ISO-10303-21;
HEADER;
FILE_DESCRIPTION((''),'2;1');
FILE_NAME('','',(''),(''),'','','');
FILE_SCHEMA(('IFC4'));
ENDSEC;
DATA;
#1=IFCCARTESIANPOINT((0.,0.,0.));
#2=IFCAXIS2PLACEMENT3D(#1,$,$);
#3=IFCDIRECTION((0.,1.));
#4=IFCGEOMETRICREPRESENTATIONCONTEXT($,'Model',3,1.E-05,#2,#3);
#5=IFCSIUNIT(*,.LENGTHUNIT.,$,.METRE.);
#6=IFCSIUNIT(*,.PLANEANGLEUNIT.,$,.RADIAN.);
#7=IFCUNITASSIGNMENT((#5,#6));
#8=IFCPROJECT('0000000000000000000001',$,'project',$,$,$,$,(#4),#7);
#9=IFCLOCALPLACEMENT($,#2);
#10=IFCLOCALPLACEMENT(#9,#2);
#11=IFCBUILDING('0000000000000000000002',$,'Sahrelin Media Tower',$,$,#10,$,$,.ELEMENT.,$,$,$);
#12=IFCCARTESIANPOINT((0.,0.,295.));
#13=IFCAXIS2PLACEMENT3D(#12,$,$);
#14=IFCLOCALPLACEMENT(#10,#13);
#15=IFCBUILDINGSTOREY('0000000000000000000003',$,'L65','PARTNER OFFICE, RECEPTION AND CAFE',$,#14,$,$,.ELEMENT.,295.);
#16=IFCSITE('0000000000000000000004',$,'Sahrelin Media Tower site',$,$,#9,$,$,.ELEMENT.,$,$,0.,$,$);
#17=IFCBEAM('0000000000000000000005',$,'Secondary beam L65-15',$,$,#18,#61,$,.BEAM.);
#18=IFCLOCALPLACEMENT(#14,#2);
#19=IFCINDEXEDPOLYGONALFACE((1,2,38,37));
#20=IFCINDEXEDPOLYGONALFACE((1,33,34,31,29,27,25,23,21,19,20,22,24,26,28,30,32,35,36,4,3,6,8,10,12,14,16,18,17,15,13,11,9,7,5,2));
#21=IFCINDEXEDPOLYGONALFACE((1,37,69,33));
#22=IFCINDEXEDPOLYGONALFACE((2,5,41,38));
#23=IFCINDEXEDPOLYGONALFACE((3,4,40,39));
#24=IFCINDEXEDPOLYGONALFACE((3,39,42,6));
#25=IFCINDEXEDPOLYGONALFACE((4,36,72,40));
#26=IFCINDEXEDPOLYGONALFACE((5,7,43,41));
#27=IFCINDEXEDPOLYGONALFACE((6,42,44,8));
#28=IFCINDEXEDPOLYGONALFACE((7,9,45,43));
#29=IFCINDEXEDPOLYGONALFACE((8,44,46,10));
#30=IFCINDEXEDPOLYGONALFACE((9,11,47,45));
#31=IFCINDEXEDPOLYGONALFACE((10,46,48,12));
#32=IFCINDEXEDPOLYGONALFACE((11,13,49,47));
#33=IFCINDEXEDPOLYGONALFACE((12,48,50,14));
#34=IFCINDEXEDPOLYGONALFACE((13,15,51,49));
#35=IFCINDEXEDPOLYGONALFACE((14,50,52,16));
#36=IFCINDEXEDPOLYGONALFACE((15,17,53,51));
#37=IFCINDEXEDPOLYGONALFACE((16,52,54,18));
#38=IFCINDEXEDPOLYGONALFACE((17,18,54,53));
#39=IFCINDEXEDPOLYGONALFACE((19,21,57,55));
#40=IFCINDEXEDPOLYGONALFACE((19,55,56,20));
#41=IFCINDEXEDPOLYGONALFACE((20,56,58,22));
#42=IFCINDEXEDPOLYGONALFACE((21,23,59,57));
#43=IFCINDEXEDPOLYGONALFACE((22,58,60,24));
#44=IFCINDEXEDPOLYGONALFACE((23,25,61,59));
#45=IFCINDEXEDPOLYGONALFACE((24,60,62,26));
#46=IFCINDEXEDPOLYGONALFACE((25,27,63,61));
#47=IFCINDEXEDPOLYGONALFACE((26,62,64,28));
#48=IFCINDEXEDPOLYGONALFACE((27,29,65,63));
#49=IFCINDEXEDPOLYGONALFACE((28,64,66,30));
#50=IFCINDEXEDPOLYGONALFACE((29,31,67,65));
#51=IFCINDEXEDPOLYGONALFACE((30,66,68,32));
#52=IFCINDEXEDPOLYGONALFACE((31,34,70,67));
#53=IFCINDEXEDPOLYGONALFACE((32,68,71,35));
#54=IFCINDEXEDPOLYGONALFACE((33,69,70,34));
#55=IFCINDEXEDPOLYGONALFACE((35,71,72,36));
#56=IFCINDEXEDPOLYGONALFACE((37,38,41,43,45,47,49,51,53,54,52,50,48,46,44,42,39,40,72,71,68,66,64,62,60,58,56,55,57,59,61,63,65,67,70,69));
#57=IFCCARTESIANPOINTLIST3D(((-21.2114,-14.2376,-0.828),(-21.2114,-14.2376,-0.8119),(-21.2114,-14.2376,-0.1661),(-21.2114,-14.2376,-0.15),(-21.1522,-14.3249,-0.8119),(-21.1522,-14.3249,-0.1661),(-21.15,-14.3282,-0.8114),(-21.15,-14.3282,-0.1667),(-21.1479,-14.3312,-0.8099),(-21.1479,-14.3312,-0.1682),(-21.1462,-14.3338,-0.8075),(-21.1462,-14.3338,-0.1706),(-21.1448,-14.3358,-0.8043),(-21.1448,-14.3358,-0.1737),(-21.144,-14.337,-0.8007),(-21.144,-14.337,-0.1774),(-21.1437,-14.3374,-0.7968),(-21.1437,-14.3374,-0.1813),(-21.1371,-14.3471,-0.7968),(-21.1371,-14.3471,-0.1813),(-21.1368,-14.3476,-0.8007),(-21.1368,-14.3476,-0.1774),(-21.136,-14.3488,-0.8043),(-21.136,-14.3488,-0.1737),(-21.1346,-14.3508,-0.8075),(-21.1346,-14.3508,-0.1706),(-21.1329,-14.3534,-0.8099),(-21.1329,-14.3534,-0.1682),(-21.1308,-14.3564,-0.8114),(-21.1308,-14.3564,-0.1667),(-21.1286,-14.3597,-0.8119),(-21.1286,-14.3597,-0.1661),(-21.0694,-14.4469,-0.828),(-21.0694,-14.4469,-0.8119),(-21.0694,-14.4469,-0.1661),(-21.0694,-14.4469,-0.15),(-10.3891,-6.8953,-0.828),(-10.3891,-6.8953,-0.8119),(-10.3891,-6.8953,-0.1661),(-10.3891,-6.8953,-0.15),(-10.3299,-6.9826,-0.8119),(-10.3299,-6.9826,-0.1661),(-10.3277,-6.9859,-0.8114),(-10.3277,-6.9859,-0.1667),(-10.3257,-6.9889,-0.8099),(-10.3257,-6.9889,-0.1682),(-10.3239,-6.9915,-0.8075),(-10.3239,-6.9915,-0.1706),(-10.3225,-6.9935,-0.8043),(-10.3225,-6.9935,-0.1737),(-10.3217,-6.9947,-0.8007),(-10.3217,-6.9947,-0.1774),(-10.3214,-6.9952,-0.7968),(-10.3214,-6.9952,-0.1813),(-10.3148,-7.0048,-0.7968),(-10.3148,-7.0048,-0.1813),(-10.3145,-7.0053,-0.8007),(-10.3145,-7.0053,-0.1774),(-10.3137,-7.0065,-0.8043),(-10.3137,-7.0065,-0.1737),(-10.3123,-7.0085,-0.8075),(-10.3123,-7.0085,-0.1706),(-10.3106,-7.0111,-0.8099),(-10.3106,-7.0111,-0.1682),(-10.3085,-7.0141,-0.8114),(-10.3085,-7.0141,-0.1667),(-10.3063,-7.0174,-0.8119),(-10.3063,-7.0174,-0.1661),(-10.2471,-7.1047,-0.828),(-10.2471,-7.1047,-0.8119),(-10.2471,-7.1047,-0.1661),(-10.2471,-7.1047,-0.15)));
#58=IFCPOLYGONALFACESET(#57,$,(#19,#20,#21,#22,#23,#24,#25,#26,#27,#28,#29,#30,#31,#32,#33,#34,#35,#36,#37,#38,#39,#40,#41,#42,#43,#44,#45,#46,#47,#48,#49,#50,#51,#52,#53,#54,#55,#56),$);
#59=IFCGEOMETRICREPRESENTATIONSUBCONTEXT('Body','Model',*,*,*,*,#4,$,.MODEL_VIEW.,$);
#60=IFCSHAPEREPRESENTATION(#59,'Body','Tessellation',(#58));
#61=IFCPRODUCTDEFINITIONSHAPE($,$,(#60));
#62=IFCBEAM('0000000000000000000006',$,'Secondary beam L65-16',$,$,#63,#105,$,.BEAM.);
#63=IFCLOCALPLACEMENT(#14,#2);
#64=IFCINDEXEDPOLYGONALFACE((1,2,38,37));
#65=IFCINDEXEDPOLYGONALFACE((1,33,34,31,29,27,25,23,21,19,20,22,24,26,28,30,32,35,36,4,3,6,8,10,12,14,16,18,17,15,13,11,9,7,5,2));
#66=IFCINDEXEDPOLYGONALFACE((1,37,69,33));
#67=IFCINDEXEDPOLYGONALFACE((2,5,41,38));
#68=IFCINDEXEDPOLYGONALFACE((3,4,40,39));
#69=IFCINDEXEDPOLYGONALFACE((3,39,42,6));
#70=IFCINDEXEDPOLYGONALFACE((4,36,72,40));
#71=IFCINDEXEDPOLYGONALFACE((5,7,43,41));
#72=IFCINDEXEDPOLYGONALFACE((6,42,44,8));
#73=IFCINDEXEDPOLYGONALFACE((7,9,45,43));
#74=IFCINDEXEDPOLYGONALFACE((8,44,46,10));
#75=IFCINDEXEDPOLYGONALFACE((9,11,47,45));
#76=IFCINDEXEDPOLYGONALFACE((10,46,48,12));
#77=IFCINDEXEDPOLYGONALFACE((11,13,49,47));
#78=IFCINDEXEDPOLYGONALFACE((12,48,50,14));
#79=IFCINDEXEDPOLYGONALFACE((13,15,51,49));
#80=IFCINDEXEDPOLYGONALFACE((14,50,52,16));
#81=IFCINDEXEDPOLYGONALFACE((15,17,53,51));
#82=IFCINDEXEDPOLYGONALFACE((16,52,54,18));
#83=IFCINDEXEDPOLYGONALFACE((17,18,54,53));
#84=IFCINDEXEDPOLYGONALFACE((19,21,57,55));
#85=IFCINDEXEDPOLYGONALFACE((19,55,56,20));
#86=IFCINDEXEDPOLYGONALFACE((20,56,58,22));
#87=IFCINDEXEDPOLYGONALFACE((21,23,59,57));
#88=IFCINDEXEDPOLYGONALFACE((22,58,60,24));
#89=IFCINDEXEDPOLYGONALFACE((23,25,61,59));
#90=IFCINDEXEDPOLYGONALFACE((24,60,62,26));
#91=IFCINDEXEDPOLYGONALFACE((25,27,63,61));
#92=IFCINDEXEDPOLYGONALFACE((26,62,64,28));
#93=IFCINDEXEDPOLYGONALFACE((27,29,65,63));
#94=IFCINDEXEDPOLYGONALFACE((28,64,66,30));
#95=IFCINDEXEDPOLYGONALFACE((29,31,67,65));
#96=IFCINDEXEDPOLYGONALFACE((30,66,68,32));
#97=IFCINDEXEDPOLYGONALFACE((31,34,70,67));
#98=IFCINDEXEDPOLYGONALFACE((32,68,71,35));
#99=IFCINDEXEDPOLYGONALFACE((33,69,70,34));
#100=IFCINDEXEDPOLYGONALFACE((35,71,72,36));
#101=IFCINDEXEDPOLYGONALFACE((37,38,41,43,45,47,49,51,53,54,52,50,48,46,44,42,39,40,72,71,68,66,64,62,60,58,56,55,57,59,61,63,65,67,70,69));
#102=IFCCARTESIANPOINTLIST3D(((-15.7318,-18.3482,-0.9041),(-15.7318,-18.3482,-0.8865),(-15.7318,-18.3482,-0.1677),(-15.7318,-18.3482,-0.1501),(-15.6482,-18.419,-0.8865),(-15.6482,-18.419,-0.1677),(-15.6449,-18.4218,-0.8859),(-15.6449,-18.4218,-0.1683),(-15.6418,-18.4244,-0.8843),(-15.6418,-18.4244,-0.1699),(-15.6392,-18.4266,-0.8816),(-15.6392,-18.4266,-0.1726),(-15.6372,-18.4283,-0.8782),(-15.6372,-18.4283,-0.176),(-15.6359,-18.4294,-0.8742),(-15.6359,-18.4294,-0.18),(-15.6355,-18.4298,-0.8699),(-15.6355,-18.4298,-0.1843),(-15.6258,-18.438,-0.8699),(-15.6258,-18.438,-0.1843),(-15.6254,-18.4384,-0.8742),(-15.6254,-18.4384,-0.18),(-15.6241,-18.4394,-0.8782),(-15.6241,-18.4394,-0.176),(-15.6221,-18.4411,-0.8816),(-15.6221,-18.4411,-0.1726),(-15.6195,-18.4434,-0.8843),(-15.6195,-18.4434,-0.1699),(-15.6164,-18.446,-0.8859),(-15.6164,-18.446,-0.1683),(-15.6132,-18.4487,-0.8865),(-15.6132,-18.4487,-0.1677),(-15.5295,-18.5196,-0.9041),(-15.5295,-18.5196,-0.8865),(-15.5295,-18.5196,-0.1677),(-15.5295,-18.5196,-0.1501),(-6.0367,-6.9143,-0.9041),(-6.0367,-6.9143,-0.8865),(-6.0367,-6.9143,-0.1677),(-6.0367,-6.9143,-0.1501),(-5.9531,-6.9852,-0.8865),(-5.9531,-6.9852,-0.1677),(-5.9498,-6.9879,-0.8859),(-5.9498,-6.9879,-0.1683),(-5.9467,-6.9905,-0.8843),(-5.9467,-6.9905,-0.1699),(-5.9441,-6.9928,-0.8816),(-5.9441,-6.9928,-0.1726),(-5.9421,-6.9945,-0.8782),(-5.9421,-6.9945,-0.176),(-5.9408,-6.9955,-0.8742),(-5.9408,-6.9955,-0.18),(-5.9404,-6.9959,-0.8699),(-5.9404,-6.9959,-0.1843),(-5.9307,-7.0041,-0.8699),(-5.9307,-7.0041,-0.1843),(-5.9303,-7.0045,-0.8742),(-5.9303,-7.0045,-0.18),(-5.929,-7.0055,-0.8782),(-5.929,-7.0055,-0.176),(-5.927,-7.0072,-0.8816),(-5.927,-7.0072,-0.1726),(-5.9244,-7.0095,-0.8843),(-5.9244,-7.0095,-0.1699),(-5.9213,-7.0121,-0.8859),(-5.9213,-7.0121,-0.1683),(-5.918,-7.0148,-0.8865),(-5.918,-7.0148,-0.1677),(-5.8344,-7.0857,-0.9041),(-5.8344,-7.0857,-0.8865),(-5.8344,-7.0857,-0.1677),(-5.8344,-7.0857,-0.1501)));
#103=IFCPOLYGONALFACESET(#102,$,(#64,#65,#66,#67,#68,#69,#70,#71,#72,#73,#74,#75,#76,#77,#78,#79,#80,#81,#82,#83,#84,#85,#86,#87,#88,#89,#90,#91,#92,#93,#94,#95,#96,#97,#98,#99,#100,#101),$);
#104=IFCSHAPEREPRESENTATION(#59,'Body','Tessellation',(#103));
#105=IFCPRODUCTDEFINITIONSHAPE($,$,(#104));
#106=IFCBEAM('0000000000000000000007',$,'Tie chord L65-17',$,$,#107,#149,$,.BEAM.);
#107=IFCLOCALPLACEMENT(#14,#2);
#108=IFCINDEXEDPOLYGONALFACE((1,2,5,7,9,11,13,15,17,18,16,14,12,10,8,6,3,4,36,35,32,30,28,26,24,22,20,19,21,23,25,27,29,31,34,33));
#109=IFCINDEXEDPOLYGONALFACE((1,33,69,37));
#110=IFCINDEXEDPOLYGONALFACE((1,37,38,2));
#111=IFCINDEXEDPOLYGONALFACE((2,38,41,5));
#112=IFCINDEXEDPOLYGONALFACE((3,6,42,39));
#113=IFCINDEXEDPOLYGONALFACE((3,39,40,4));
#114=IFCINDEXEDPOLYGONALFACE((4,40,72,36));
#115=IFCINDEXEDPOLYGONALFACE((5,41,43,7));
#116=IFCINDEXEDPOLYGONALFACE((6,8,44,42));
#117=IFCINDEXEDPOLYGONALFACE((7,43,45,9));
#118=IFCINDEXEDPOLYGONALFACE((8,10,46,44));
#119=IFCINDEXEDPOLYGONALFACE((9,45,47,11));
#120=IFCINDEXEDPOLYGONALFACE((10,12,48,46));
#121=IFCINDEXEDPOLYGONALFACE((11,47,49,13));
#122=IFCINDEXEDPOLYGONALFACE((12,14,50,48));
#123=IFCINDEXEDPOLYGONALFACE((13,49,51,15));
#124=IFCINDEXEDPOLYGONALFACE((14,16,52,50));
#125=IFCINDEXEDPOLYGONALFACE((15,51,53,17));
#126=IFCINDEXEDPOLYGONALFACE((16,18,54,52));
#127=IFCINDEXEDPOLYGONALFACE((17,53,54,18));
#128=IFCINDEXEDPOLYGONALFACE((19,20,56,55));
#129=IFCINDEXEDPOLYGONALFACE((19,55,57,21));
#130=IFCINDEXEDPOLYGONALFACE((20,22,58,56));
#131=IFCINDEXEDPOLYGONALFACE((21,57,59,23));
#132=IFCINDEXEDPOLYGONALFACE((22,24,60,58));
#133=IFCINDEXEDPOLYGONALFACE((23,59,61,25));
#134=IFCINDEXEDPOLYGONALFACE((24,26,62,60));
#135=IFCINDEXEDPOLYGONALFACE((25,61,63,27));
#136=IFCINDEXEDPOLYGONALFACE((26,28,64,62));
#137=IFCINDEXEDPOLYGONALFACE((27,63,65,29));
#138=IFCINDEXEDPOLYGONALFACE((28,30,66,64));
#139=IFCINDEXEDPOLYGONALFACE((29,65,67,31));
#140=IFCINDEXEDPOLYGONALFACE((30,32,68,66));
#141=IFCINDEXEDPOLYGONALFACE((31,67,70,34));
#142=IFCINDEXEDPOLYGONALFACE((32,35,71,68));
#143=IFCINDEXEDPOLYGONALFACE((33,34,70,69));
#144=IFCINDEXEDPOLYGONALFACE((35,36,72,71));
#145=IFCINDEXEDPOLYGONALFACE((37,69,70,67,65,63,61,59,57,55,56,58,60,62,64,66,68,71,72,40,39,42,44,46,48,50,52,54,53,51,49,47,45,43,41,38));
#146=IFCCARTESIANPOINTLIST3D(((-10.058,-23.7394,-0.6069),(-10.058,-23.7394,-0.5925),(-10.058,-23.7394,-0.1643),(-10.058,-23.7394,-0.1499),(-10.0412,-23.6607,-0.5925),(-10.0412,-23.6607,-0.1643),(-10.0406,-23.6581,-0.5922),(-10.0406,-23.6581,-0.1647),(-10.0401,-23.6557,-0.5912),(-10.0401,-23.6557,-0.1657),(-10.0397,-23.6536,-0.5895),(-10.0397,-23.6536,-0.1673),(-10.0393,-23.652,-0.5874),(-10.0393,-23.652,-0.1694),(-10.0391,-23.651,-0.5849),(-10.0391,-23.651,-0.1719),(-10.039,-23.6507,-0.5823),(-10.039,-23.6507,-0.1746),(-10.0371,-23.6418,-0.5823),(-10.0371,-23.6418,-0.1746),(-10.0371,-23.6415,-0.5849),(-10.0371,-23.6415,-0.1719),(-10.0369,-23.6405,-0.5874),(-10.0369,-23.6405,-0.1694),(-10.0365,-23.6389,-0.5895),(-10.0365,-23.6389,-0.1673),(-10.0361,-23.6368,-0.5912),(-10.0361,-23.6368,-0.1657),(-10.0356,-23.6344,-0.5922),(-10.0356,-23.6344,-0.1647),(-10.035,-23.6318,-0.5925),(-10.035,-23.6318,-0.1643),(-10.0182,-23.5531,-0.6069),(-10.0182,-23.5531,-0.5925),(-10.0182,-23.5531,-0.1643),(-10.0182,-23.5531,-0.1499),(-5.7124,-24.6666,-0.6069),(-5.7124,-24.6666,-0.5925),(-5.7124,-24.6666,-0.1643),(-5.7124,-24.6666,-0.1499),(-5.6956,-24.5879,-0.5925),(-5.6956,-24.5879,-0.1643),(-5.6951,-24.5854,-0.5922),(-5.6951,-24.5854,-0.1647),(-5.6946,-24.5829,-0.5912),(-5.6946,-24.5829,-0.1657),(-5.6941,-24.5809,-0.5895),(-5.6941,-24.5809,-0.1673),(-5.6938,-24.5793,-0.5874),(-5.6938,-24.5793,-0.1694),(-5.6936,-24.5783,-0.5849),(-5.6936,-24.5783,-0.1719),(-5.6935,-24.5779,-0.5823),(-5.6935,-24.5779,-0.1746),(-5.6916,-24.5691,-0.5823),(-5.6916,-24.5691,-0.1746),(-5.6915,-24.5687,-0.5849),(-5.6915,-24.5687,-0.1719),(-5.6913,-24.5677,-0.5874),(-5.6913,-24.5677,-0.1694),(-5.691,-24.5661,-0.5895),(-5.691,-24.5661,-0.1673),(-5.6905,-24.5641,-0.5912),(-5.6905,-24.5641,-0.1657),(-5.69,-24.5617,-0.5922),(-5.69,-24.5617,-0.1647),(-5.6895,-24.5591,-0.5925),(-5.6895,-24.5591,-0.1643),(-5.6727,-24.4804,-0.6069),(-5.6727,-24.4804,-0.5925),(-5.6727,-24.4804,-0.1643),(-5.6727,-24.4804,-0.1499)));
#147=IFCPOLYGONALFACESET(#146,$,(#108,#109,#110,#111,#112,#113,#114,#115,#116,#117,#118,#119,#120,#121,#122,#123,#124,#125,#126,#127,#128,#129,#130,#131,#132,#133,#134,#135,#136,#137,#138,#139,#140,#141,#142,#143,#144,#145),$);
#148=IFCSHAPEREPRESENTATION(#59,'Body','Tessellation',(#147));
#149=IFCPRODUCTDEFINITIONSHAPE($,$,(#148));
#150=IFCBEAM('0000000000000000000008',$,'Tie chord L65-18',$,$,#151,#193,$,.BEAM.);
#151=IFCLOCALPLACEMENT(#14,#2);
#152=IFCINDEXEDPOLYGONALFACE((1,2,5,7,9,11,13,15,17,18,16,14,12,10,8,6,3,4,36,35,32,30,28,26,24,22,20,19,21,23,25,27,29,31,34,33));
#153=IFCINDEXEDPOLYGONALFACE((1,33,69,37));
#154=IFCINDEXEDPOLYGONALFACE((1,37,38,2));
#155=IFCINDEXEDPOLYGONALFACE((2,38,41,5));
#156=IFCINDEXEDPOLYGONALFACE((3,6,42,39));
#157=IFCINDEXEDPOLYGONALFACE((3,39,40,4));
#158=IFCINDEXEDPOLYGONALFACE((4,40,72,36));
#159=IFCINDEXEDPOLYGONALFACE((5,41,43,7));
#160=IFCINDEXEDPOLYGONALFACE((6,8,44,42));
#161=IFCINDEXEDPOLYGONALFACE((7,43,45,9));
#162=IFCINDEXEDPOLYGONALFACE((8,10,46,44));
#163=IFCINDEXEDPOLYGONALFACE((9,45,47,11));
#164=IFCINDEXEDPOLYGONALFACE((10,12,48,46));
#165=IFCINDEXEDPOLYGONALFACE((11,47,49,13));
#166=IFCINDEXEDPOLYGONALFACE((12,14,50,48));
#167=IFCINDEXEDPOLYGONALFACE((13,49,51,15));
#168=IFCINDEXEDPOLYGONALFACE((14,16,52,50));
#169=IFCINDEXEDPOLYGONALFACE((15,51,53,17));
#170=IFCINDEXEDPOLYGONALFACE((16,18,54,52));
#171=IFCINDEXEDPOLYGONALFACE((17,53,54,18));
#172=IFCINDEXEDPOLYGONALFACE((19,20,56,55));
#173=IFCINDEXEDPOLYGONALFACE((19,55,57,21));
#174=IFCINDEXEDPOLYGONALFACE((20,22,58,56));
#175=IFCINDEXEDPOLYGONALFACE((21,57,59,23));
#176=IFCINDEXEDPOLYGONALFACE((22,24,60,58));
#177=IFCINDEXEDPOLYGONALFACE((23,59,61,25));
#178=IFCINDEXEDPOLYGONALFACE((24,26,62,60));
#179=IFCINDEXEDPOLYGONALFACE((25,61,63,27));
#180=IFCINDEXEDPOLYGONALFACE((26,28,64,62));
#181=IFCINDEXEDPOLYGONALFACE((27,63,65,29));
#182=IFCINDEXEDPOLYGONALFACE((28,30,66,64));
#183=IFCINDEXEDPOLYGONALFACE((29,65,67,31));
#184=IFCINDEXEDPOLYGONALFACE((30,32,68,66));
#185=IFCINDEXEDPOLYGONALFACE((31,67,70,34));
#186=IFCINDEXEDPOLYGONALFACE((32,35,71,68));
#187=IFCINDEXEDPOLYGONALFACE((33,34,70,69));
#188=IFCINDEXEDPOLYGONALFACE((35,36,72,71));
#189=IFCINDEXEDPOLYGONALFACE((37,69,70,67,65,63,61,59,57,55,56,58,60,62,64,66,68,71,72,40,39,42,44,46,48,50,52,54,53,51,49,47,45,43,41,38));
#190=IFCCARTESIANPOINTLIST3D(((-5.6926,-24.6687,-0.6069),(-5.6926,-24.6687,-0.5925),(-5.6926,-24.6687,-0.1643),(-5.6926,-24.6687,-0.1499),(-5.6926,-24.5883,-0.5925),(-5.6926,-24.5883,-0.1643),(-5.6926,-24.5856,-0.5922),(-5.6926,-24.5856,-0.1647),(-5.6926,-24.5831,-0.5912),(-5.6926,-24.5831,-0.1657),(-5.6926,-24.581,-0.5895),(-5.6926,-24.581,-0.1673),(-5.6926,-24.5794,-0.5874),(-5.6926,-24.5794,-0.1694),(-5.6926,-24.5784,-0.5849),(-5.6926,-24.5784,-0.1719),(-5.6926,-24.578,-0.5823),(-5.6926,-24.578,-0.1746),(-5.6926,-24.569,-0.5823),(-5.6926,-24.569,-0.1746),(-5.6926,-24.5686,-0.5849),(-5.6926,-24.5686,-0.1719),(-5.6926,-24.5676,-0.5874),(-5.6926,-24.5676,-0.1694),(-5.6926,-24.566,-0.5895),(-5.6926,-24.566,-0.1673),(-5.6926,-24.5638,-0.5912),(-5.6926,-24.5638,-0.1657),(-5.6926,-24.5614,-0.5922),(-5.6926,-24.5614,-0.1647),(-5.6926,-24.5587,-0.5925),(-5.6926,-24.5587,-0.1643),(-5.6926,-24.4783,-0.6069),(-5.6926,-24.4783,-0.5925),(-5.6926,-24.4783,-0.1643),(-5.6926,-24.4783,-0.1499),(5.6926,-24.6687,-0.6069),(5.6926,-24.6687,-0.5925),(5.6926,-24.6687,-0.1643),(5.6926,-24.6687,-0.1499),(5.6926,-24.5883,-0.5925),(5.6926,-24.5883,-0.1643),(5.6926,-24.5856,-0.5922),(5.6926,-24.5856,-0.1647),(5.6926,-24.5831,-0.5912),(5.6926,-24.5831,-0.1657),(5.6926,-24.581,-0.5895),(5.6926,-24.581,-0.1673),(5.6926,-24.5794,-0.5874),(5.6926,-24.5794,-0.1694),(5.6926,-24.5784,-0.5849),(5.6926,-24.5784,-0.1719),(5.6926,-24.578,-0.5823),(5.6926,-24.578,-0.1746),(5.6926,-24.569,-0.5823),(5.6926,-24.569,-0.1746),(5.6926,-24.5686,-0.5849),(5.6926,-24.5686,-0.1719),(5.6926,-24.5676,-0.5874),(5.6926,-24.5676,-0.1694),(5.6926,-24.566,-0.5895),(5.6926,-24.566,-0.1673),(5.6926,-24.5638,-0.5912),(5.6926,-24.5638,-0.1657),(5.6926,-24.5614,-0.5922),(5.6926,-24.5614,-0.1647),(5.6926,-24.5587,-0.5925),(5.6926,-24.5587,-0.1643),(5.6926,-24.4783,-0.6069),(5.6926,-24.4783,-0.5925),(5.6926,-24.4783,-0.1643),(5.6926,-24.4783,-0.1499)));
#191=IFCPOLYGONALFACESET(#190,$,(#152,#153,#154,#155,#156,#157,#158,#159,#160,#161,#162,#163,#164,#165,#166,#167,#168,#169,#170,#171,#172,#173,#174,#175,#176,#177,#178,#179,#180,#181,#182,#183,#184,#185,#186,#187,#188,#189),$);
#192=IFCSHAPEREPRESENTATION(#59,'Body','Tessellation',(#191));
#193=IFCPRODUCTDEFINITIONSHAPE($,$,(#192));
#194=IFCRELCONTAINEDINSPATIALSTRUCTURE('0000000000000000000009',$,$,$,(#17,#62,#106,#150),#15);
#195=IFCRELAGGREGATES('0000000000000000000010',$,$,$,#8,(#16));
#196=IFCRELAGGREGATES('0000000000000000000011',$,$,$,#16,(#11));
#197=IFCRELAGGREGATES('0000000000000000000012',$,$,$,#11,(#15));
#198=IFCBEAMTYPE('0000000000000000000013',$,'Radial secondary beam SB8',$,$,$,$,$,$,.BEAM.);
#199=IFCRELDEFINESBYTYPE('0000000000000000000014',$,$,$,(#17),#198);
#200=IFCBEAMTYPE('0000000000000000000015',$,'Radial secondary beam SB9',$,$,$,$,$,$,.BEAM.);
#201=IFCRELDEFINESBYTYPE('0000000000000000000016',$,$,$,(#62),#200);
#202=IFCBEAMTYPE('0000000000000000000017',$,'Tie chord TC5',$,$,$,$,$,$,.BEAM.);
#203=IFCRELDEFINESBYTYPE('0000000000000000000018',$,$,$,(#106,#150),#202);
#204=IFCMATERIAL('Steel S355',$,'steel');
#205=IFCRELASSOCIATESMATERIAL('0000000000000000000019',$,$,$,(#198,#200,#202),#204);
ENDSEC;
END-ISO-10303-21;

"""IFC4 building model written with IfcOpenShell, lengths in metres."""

from ifc_helpers import new_model, si_unit, direction, frame, origin, origin_2d, place, context, subcontext, project, spatial, i_section, extrude, material, material_profile, profile_set, type_object, element, save


model = new_model("IFC4")

# Units and contexts
model_context = context("Model", 3, precision=1e-05, world=origin(), true_north=direction((0.0, 1.0)))
body_context = subcontext(model_context, "Body", "Model", "MODEL_VIEW")
ifc_project = project(units=[si_unit("LENGTHUNIT", "METRE"), si_unit("PLANEANGLEUNIT", "RADIAN")], contexts=[model_context])

# Site, building, storey
site_placement = place(None, origin())
site = spatial("IfcSite", under=ifc_project, at=site_placement, Name="Sahrelin Media Tower site", CompositionType="ELEMENT", RefElevation=0.0)
building_placement = place(site_placement, origin())
building = spatial("IfcBuilding", under=site, at=building_placement, Name="Sahrelin Media Tower", CompositionType="ELEMENT")
storey_placement = place(building_placement, frame((0.0, 0.0, 295.0)))
storey = spatial("IfcBuildingStorey", under=building, at=storey_placement, Name="L65", Description="PARTNER OFFICE, RECEPTION AND CAFE", CompositionType="ELEMENT", Elevation=295.0)

# Shared definitions
ifc_material_1 = material(Name="Steel S355", Category="steel")

# Beams
ifc_material_profile_1 = material_profile(ifc_material_1, i_section(OverallWidth=0.2529, OverallDepth=0.678, WebThickness=0.0117, FlangeThickness=0.0161, FilletRadius=0.0151, at=origin_2d()), Name="UB 686x254x125")
ifc_profile_set_1 = profile_set([ifc_material_profile_1], Name="Steel S355")
beam_type_1 = type_object("IfcBeamType", Name="Radial secondary beam SB8", PredefinedType="BEAM", material=ifc_profile_set_1)
beam_1_placement = place(storey_placement, frame((-10.3181, -7.0, -0.489), z_axis=(-0.827525, -0.561428, 0.0), x_axis=(0.561428, -0.827525, 0.0)))
element("IfcBeam", 1, at=beam_1_placement, inside=storey, type_object=beam_type_1, Name="Secondary beam L65-15", PredefinedType="BEAM", context=body_context, shape_type="SweptSolid", body=[
    extrude(i_section(OverallWidth=0.2529, OverallDepth=0.678, WebThickness=0.0117, FlangeThickness=0.0161, FilletRadius=0.0151, at=origin_2d()), origin(), (0.0, 0.0, 1.0), 13.0779),
])
ifc_material_profile_2 = material_profile(ifc_material_1, i_section(OverallWidth=0.2651, OverallDepth=0.7539, WebThickness=0.0127, FlangeThickness=0.0176, FilletRadius=0.0166, at=origin_2d()), Name="UB 762x267x147")
ifc_profile_set_2 = profile_set([ifc_material_profile_2], Name="Steel S355")
beam_type_2 = type_object("IfcBeamType", Name="Radial secondary beam SB9", PredefinedType="BEAM", material=ifc_profile_set_2)
beam_2_placement = place(storey_placement, frame((-5.9355, -7.0, -0.5271), z_axis=(-0.64673, -0.762719, 0.0), x_axis=(0.762719, -0.64673, 0.0)))
element("IfcBeam", 2, at=beam_2_placement, inside=storey, type_object=beam_type_2, Name="Secondary beam L65-16", PredefinedType="BEAM", context=body_context, shape_type="SweptSolid", body=[
    extrude(i_section(OverallWidth=0.2651, OverallDepth=0.7539, WebThickness=0.0127, FlangeThickness=0.0176, FilletRadius=0.0166, at=origin_2d()), origin(), (0.0, 0.0, 1.0), 14.991),
])
ifc_material_profile_3 = material_profile(ifc_material_1, i_section(OverallWidth=0.1904, OverallDepth=0.457, WebThickness=0.009, FlangeThickness=0.0144, FilletRadius=0.0103, at=origin_2d()), Name="UB 457x191x74")
ifc_profile_set_3 = profile_set([ifc_material_profile_3], Name="Steel S355")
beam_type_3 = type_object("IfcBeamType", Name="Tie chord TC5", PredefinedType="BEAM", material=ifc_profile_set_3)
beam_3_placement = place(storey_placement, frame((-10.0381, -23.6462, -0.3784), z_axis=(0.977983, -0.208685, 0.0), x_axis=(0.208685, 0.977983, 0.0)))
element("IfcBeam", 3, at=beam_3_placement, inside=storey, type_object=beam_type_3, Name="Tie chord L65-17", PredefinedType="BEAM", context=body_context, shape_type="SweptSolid", body=[
    extrude(i_section(OverallWidth=0.1904, OverallDepth=0.457, WebThickness=0.009, FlangeThickness=0.0144, FilletRadius=0.0103, at=origin_2d()), origin(), (0.0, 0.0, 1.0), 4.4434),
])
beam_4_placement = place(storey_placement, frame((-5.6926, -24.5735, -0.3784), z_axis=(1.0, 0.0, 0.0), x_axis=(0.0, 1.0, 0.0)))
element("IfcBeam", 4, at=beam_4_placement, inside=storey, type_object=beam_type_3, Name="Tie chord L65-18", PredefinedType="BEAM", context=body_context, shape_type="SweptSolid", body=[
    extrude(i_section(OverallWidth=0.1904, OverallDepth=0.457, WebThickness=0.009, FlangeThickness=0.0144, FilletRadius=0.0103, at=origin_2d()), origin(), (0.0, 0.0, 1.0), 11.3853),
])

save(model, "model.ifc")
